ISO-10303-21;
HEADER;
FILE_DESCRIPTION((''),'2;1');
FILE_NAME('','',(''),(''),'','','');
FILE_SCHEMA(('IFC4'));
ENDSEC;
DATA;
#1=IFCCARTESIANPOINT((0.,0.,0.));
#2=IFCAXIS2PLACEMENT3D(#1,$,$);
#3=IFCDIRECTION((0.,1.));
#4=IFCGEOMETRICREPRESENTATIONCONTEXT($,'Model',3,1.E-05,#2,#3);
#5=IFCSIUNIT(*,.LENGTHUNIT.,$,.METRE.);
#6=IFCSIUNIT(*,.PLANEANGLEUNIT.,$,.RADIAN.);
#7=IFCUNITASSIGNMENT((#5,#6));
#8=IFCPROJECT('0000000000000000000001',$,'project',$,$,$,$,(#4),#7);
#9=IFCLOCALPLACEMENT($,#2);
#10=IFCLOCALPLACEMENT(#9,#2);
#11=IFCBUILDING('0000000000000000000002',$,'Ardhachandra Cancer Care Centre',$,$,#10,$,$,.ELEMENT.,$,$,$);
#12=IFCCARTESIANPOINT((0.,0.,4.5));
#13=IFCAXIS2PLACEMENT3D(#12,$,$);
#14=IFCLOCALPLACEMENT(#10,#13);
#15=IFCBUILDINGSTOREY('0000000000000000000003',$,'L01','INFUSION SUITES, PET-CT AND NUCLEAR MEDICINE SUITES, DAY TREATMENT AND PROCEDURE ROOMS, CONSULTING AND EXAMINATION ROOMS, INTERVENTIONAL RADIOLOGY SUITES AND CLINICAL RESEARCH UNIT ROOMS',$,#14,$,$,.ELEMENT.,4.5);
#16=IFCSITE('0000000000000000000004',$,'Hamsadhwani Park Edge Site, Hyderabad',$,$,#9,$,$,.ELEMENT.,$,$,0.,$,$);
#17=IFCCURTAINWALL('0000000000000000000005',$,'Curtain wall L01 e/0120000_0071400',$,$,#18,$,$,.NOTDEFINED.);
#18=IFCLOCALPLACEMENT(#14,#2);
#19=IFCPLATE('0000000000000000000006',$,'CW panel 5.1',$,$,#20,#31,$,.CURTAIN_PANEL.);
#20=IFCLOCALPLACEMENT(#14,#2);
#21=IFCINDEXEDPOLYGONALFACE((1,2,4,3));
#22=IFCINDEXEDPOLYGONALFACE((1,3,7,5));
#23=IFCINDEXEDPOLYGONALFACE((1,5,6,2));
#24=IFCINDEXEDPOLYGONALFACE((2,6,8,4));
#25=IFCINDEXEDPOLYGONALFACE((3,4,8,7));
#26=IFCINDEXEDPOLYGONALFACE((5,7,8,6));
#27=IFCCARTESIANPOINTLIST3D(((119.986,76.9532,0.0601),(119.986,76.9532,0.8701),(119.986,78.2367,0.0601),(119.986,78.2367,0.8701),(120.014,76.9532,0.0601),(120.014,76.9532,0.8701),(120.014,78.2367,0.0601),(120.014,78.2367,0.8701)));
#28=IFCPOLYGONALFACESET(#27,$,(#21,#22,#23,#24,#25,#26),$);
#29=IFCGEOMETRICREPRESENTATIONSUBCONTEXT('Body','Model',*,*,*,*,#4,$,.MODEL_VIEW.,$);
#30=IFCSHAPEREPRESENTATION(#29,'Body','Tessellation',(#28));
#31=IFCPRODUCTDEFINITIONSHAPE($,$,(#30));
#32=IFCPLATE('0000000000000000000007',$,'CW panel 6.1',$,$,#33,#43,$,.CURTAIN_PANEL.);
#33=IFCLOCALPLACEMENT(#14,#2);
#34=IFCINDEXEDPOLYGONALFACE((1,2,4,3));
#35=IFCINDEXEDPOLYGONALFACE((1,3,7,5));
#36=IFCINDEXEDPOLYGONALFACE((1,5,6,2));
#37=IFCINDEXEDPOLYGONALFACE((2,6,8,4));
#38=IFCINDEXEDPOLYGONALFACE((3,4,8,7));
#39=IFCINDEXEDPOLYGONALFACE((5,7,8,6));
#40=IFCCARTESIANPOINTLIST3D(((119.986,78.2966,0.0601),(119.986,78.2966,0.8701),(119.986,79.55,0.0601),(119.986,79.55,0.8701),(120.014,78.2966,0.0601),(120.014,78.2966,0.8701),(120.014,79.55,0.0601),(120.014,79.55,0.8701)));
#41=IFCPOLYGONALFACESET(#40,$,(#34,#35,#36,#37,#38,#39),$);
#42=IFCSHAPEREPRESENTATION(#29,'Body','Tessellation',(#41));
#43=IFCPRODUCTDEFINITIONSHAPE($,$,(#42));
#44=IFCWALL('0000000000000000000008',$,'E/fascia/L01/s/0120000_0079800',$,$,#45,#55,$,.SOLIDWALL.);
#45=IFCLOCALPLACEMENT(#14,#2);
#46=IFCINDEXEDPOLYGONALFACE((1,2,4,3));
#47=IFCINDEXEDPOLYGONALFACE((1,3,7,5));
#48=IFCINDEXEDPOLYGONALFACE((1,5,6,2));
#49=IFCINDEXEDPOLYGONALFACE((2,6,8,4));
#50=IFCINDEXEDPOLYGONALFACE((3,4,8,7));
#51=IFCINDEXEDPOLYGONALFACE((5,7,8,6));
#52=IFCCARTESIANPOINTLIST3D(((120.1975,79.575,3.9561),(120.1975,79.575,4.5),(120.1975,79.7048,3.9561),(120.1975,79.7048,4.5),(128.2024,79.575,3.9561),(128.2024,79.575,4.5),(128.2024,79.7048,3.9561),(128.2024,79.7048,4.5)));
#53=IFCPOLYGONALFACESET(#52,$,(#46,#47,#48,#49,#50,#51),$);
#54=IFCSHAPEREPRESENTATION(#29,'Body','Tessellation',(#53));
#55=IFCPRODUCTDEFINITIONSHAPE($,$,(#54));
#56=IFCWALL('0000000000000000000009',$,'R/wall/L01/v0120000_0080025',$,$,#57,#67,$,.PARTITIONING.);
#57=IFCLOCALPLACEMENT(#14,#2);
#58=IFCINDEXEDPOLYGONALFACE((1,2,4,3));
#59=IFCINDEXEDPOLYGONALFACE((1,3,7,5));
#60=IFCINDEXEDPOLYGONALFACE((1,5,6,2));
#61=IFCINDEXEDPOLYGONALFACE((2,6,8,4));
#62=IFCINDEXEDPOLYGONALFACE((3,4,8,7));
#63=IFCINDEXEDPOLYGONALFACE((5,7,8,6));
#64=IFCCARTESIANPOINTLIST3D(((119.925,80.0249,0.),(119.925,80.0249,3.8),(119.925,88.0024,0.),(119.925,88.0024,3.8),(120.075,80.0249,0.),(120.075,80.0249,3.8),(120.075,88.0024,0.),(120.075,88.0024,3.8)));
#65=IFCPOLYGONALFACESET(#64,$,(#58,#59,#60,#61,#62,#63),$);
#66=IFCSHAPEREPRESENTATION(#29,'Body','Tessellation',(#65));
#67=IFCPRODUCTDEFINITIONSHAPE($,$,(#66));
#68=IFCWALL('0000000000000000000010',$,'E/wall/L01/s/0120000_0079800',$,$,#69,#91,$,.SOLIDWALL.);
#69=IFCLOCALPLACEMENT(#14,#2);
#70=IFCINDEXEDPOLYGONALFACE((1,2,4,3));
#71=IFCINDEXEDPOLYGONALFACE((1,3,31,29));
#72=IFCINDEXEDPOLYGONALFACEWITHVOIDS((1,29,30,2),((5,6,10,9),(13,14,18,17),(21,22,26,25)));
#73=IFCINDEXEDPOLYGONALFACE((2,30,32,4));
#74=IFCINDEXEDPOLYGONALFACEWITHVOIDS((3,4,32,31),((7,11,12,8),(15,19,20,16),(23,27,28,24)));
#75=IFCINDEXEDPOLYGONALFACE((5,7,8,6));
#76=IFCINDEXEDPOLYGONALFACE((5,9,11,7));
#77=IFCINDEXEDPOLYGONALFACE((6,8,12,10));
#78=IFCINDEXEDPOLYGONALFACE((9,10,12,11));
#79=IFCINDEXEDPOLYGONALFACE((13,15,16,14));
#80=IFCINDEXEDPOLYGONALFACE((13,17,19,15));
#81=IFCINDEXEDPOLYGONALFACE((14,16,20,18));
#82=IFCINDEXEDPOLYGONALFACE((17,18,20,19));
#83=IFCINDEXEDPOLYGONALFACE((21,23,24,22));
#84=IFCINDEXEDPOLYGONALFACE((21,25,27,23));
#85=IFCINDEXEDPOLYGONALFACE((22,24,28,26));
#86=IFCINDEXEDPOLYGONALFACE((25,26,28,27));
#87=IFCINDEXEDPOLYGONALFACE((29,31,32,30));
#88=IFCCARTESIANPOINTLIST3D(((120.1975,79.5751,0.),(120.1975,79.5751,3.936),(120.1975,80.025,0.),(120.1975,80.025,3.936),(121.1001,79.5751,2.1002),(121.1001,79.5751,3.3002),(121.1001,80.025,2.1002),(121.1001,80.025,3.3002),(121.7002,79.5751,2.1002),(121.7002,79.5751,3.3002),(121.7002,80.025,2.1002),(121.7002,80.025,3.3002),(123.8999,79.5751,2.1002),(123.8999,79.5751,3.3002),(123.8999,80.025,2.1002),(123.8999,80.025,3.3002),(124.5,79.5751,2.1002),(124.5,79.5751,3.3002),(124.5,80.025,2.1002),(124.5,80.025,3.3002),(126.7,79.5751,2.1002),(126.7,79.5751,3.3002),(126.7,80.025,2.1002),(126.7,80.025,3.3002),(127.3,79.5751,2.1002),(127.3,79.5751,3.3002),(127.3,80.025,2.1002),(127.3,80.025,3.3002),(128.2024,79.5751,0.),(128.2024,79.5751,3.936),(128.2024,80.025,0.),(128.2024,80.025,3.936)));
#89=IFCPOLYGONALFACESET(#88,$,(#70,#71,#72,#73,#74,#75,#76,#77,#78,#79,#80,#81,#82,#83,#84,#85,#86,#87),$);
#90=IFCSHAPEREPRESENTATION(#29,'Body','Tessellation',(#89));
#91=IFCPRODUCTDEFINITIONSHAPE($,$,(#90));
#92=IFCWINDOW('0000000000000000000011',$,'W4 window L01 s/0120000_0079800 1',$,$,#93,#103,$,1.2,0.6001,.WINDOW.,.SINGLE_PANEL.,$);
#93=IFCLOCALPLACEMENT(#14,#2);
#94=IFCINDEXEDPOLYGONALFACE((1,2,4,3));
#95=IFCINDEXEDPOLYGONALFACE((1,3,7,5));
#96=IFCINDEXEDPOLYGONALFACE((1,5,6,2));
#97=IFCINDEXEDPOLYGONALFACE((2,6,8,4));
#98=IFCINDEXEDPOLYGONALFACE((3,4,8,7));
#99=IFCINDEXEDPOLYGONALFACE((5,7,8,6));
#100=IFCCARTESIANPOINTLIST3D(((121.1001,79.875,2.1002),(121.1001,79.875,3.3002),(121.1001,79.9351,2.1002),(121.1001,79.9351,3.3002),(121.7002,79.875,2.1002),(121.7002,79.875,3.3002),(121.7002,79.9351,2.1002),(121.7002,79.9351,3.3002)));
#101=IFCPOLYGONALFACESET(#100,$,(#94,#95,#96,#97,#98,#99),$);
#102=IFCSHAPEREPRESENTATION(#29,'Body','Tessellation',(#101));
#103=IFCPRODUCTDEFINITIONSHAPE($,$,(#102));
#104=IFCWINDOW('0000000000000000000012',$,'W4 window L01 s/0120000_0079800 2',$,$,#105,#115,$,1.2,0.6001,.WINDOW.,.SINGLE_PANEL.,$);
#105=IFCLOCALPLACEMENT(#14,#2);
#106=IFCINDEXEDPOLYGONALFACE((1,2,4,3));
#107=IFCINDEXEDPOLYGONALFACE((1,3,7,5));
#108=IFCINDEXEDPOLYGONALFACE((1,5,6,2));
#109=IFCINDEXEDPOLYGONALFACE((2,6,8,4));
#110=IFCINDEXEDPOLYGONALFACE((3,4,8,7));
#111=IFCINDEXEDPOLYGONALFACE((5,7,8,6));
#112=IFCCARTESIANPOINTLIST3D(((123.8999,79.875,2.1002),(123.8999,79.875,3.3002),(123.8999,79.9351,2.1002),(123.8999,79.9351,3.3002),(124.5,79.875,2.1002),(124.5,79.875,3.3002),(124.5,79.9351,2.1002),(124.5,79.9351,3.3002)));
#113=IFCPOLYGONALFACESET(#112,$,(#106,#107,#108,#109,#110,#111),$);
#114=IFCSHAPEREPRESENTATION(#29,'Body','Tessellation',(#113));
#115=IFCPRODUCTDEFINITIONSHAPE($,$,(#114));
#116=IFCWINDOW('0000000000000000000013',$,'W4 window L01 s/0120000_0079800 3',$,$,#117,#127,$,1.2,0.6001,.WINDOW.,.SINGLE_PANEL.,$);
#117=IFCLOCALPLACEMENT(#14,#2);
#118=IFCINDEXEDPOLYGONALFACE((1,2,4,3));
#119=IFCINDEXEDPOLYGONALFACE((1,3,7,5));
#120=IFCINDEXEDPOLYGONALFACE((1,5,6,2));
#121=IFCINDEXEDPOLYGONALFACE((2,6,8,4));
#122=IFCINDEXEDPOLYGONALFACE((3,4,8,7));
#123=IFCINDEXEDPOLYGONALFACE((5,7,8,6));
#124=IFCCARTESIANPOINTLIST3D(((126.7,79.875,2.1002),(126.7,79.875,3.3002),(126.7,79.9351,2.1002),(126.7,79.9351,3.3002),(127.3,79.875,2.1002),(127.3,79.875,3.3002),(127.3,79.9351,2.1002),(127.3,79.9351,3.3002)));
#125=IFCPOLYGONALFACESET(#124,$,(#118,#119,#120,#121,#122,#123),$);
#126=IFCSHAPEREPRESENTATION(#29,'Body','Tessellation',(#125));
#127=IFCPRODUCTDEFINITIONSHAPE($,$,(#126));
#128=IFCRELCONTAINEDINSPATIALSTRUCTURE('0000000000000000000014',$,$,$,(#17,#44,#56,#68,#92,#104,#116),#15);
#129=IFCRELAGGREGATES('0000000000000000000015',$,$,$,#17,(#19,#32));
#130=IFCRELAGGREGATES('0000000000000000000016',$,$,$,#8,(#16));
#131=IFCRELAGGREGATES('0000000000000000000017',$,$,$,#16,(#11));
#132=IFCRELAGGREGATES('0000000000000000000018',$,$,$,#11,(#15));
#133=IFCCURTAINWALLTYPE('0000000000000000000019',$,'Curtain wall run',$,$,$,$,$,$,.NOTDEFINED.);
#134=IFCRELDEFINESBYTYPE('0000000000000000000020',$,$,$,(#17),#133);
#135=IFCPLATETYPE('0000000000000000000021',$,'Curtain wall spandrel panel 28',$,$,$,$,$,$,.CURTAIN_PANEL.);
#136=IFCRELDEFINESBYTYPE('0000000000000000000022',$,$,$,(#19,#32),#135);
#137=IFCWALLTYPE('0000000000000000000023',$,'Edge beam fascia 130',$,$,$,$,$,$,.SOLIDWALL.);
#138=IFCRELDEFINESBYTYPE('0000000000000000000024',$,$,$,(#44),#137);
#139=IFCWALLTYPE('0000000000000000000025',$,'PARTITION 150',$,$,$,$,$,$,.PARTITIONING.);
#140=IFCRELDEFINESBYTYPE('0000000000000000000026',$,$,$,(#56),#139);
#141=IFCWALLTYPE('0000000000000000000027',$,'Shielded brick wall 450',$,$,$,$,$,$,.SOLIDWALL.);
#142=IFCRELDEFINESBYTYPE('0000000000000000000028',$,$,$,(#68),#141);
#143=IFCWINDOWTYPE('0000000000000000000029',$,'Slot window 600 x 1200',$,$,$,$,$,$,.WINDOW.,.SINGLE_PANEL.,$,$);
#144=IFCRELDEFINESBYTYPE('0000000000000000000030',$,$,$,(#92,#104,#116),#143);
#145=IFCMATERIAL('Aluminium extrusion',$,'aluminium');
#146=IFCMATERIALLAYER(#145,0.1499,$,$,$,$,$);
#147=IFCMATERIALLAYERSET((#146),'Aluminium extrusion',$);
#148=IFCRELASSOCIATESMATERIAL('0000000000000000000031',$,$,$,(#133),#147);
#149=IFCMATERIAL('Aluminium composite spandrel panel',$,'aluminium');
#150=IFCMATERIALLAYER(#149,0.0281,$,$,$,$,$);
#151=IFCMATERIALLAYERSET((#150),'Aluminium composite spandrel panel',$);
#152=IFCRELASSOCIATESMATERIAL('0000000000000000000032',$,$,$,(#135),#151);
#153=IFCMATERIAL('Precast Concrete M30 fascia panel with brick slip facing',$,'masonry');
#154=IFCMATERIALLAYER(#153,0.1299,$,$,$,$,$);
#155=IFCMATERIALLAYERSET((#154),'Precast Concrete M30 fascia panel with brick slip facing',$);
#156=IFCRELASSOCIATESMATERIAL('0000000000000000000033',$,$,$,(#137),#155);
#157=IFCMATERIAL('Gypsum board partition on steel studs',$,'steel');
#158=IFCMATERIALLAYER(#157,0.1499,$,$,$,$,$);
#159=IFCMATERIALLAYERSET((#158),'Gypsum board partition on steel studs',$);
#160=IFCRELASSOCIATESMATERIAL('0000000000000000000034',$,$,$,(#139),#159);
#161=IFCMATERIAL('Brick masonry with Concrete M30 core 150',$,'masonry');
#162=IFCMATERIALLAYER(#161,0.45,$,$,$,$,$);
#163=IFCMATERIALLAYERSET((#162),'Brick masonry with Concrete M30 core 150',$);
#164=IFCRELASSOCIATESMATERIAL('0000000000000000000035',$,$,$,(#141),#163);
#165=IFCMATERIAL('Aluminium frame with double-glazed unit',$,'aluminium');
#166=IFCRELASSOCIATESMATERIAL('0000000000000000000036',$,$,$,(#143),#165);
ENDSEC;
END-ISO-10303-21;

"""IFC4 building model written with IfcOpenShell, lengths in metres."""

from ifc_helpers import new_model, si_unit, direction, frame, frame_2d, origin, origin_2d, place, context, subcontext, project, spatial, rectangle, extrude, material, layer, layer_set, type_object, element, fill, aggregate, save


model = new_model("IFC4")

# Units and contexts
model_context = context("Model", 3, precision=1e-05, world=origin(), true_north=direction((0.0, 1.0)))
body_context = subcontext(model_context, "Body", "Model", "MODEL_VIEW")
ifc_project = project(units=[si_unit("LENGTHUNIT", "METRE"), si_unit("PLANEANGLEUNIT", "RADIAN")], contexts=[model_context])

# Site, building, storey
site_placement = place(None, origin())
site = spatial("IfcSite", under=ifc_project, at=site_placement, Name="Hamsadhwani Park Edge Site, Hyderabad", CompositionType="ELEMENT", RefElevation=0.0)
building_placement = place(site_placement, origin())
building = spatial("IfcBuilding", under=site, at=building_placement, Name="Ardhachandra Cancer Care Centre", CompositionType="ELEMENT")
storey_placement = place(building_placement, frame((0.0, 0.0, 4.5)))
storey = spatial("IfcBuildingStorey", under=building, at=storey_placement, Name="L01", Description="INFUSION SUITES, PET-CT AND NUCLEAR MEDICINE SUITES, DAY TREATMENT AND PROCEDURE ROOMS, CONSULTING AND EXAMINATION ROOMS, INTERVENTIONAL RADIOLOGY SUITES AND CLINICAL RESEARCH UNIT ROOMS", CompositionType="ELEMENT", Elevation=4.5)

# Curtain wall, plates
ifc_material_1 = material(Name="Aluminium extrusion", Category="aluminium")
ifc_layer_1 = layer(ifc_material_1, 0.1499)
ifc_layer_set_1 = layer_set([ifc_layer_1], Name="Aluminium extrusion")
curtain_wall_type = type_object("IfcCurtainWallType", Name="Curtain wall run", PredefinedType="NOTDEFINED", material=ifc_layer_set_1)
curtain_wall_placement = place(storey_placement, origin())
curtain_wall = element("IfcCurtainWall", 1, at=curtain_wall_placement, inside=storey, type_object=curtain_wall_type, Name="Curtain wall L01 e/0120000_0071400", PredefinedType="NOTDEFINED")
ifc_material_2 = material(Name="Aluminium composite spandrel panel", Category="aluminium")
ifc_layer_2 = layer(ifc_material_2, 0.0281)
ifc_layer_set_2 = layer_set([ifc_layer_2], Name="Aluminium composite spandrel panel")
plate_type_1 = type_object("IfcPlateType", Name="Curtain wall spandrel panel 28", PredefinedType="CURTAIN_PANEL", material=ifc_layer_set_2)
plate_1_placement = place(storey_placement, frame((120.0, 77.595, 0.0601), z_axis=(0.0, 0.0, 1.0), x_axis=(0.0, 1.0, 0.0)))
plate_1 = element("IfcPlate", 2, at=plate_1_placement, type_object=plate_type_1, Name="CW panel 5.1", PredefinedType="CURTAIN_PANEL", context=body_context, shape_type="SweptSolid", body=[
    extrude(rectangle(XDim=1.2834, YDim=0.0281, at=origin_2d()), origin(), (0.0, 0.0, 1.0), 0.8101),
])
plate_2_placement = place(storey_placement, frame((120.0, 78.9233, 0.0601), z_axis=(0.0, 0.0, 1.0), x_axis=(0.0, 1.0, 0.0)))
plate_2 = element("IfcPlate", 3, at=plate_2_placement, type_object=plate_type_1, Name="CW panel 6.1", PredefinedType="CURTAIN_PANEL", context=body_context, shape_type="SweptSolid", body=[
    extrude(rectangle(XDim=1.2534, YDim=0.0281, at=origin_2d()), origin(), (0.0, 0.0, 1.0), 0.8101),
])
aggregate(curtain_wall, [plate_1, plate_2])

# Walls
ifc_material_3 = material(Name="Precast Concrete M30 fascia panel with brick slip facing", Category="masonry")
ifc_layer_3 = layer(ifc_material_3, 0.1299)
ifc_layer_set_3 = layer_set([ifc_layer_3], Name="Precast Concrete M30 fascia panel with brick slip facing")
wall_type_1 = type_object("IfcWallType", Name="Edge beam fascia 130", PredefinedType="SOLIDWALL", material=ifc_layer_set_3)
wall_1_placement = place(storey_placement, frame((120.1975, 79.6399, 3.9561), z_axis=(0.0, 0.0, 1.0), x_axis=(1.0, 0.0, 0.0)))
element("IfcWall", 4, at=wall_1_placement, inside=storey, type_object=wall_type_1, Name="E/fascia/L01/s/0120000_0079800", PredefinedType="SOLIDWALL", context=body_context, shape_type="SweptSolid", body=[
    extrude(rectangle(XDim=8.0049, YDim=0.1299, at=frame_2d((4.0024, 0.0))), origin(), (0.0, 0.0, 1.0), 0.5439),
])
ifc_material_4 = material(Name="Gypsum board partition on steel studs", Category="steel")
ifc_layer_4 = layer(ifc_material_4, 0.1499)
ifc_layer_set_4 = layer_set([ifc_layer_4], Name="Gypsum board partition on steel studs")
wall_type_2 = type_object("IfcWallType", Name="PARTITION 150", PredefinedType="PARTITIONING", material=ifc_layer_set_4)
wall_2_placement = place(storey_placement, frame((120.0, 80.0249, 0.0), z_axis=(0.0, 0.0, 1.0), x_axis=(0.0, 1.0, 0.0)))
element("IfcWall", 5, at=wall_2_placement, inside=storey, type_object=wall_type_2, Name="R/wall/L01/v0120000_0080025", PredefinedType="PARTITIONING", context=body_context, shape_type="SweptSolid", body=[
    extrude(rectangle(XDim=7.9775, YDim=0.1499, at=frame_2d((3.9888, 0.0))), origin(), (0.0, 0.0, 1.0), 3.8),
])

# Wall, openings, windows
ifc_material_5 = material(Name="Brick masonry with Concrete M30 core 150", Category="masonry")
ifc_layer_5 = layer(ifc_material_5, 0.45)
ifc_layer_set_5 = layer_set([ifc_layer_5], Name="Brick masonry with Concrete M30 core 150")
wall_type_3 = type_object("IfcWallType", Name="Shielded brick wall 450", PredefinedType="SOLIDWALL", material=ifc_layer_set_5)
wall_3_placement = place(storey_placement, frame((120.1975, 79.8, 0.0), z_axis=(0.0, 0.0, 1.0), x_axis=(1.0, 0.0, 0.0)))
wall_3 = element("IfcWall", 6, at=wall_3_placement, inside=storey, type_object=wall_type_3, Name="E/wall/L01/s/0120000_0079800", PredefinedType="SOLIDWALL", context=body_context, shape_type="SweptSolid", body=[
    extrude(rectangle(XDim=8.0049, YDim=0.45, at=frame_2d((4.0024, 0.0))), origin(), (0.0, 0.0, 1.0), 3.936),
])
opening_1_placement = place(wall_3_placement, frame((0.9026, 0.0, 2.1001)))
opening_1 = element("IfcOpeningElement", 7, at=opening_1_placement, cuts=wall_3, PredefinedType="OPENING", context=body_context, shape_type="SweptSolid", body=[
    extrude(rectangle(XDim=0.6001, YDim=1.2, at=frame_2d((0.3, 0.6001))), frame((0.0, 0.2349, 0.0), z_axis=(0.0, -1.0, 0.0), x_axis=(1.0, 0.0, 0.0)), (0.0, 0.0, 1.0), 0.47),
])
opening_2_placement = place(wall_3_placement, frame((3.7024, 0.0, 2.1001)))
opening_2 = element("IfcOpeningElement", 8, at=opening_2_placement, cuts=wall_3, PredefinedType="OPENING", context=body_context, shape_type="SweptSolid", body=[
    extrude(rectangle(XDim=0.6001, YDim=1.2, at=frame_2d((0.3, 0.6001))), frame((0.0, 0.2349, 0.0), z_axis=(0.0, -1.0, 0.0), x_axis=(1.0, 0.0, 0.0)), (0.0, 0.0, 1.0), 0.47),
])
opening_3_placement = place(wall_3_placement, frame((6.5024, 0.0, 2.1001)))
opening_3 = element("IfcOpeningElement", 9, at=opening_3_placement, cuts=wall_3, PredefinedType="OPENING", context=body_context, shape_type="SweptSolid", body=[
    extrude(rectangle(XDim=0.6001, YDim=1.2, at=frame_2d((0.3, 0.6001))), frame((0.0, 0.2349, 0.0), z_axis=(0.0, -1.0, 0.0), x_axis=(1.0, 0.0, 0.0)), (0.0, 0.0, 1.0), 0.47),
])
ifc_material_6 = material(Name="Aluminium frame with double-glazed unit", Category="aluminium")
window_type = type_object("IfcWindowType", Name="Slot window 600 x 1200", PartitioningType="SINGLE_PANEL", PredefinedType="WINDOW", material=ifc_material_6)
window_1_placement = place(opening_1_placement, origin())
window_1 = element("IfcWindow", 10, at=window_1_placement, inside=storey, type_object=window_type, Name="W4 window L01 s/0120000_0079800 1", OverallHeight=1.2, OverallWidth=0.6001, PartitioningType="SINGLE_PANEL", PredefinedType="WINDOW", context=body_context, shape_type="SweptSolid", body=[
    extrude(rectangle(XDim=0.6001, YDim=1.2, at=frame_2d((0.3, 0.6001))), frame((0.0, 0.135, 0.0), z_axis=(0.0, -1.0, 0.0), x_axis=(1.0, 0.0, 0.0)), (0.0, 0.0, 1.0), 0.0601),
])
fill(opening_1, window_1)
window_2_placement = place(opening_2_placement, origin())
window_2 = element("IfcWindow", 11, at=window_2_placement, inside=storey, type_object=window_type, Name="W4 window L01 s/0120000_0079800 2", OverallHeight=1.2, OverallWidth=0.6001, PartitioningType="SINGLE_PANEL", PredefinedType="WINDOW", context=body_context, shape_type="SweptSolid", body=[
    extrude(rectangle(XDim=0.6001, YDim=1.2, at=frame_2d((0.3, 0.6001))), frame((0.0, 0.135, 0.0), z_axis=(0.0, -1.0, 0.0), x_axis=(1.0, 0.0, 0.0)), (0.0, 0.0, 1.0), 0.0601),
])
fill(opening_2, window_2)
window_3_placement = place(opening_3_placement, origin())
window_3 = element("IfcWindow", 12, at=window_3_placement, inside=storey, type_object=window_type, Name="W4 window L01 s/0120000_0079800 3", OverallHeight=1.2, OverallWidth=0.6001, PartitioningType="SINGLE_PANEL", PredefinedType="WINDOW", context=body_context, shape_type="SweptSolid", body=[
    extrude(rectangle(XDim=0.6001, YDim=1.2, at=frame_2d((0.3, 0.6001))), frame((0.0, 0.135, 0.0), z_axis=(0.0, -1.0, 0.0), x_axis=(1.0, 0.0, 0.0)), (0.0, 0.0, 1.0), 0.0601),
])
fill(opening_3, window_3)

save(model, "model.ifc")
